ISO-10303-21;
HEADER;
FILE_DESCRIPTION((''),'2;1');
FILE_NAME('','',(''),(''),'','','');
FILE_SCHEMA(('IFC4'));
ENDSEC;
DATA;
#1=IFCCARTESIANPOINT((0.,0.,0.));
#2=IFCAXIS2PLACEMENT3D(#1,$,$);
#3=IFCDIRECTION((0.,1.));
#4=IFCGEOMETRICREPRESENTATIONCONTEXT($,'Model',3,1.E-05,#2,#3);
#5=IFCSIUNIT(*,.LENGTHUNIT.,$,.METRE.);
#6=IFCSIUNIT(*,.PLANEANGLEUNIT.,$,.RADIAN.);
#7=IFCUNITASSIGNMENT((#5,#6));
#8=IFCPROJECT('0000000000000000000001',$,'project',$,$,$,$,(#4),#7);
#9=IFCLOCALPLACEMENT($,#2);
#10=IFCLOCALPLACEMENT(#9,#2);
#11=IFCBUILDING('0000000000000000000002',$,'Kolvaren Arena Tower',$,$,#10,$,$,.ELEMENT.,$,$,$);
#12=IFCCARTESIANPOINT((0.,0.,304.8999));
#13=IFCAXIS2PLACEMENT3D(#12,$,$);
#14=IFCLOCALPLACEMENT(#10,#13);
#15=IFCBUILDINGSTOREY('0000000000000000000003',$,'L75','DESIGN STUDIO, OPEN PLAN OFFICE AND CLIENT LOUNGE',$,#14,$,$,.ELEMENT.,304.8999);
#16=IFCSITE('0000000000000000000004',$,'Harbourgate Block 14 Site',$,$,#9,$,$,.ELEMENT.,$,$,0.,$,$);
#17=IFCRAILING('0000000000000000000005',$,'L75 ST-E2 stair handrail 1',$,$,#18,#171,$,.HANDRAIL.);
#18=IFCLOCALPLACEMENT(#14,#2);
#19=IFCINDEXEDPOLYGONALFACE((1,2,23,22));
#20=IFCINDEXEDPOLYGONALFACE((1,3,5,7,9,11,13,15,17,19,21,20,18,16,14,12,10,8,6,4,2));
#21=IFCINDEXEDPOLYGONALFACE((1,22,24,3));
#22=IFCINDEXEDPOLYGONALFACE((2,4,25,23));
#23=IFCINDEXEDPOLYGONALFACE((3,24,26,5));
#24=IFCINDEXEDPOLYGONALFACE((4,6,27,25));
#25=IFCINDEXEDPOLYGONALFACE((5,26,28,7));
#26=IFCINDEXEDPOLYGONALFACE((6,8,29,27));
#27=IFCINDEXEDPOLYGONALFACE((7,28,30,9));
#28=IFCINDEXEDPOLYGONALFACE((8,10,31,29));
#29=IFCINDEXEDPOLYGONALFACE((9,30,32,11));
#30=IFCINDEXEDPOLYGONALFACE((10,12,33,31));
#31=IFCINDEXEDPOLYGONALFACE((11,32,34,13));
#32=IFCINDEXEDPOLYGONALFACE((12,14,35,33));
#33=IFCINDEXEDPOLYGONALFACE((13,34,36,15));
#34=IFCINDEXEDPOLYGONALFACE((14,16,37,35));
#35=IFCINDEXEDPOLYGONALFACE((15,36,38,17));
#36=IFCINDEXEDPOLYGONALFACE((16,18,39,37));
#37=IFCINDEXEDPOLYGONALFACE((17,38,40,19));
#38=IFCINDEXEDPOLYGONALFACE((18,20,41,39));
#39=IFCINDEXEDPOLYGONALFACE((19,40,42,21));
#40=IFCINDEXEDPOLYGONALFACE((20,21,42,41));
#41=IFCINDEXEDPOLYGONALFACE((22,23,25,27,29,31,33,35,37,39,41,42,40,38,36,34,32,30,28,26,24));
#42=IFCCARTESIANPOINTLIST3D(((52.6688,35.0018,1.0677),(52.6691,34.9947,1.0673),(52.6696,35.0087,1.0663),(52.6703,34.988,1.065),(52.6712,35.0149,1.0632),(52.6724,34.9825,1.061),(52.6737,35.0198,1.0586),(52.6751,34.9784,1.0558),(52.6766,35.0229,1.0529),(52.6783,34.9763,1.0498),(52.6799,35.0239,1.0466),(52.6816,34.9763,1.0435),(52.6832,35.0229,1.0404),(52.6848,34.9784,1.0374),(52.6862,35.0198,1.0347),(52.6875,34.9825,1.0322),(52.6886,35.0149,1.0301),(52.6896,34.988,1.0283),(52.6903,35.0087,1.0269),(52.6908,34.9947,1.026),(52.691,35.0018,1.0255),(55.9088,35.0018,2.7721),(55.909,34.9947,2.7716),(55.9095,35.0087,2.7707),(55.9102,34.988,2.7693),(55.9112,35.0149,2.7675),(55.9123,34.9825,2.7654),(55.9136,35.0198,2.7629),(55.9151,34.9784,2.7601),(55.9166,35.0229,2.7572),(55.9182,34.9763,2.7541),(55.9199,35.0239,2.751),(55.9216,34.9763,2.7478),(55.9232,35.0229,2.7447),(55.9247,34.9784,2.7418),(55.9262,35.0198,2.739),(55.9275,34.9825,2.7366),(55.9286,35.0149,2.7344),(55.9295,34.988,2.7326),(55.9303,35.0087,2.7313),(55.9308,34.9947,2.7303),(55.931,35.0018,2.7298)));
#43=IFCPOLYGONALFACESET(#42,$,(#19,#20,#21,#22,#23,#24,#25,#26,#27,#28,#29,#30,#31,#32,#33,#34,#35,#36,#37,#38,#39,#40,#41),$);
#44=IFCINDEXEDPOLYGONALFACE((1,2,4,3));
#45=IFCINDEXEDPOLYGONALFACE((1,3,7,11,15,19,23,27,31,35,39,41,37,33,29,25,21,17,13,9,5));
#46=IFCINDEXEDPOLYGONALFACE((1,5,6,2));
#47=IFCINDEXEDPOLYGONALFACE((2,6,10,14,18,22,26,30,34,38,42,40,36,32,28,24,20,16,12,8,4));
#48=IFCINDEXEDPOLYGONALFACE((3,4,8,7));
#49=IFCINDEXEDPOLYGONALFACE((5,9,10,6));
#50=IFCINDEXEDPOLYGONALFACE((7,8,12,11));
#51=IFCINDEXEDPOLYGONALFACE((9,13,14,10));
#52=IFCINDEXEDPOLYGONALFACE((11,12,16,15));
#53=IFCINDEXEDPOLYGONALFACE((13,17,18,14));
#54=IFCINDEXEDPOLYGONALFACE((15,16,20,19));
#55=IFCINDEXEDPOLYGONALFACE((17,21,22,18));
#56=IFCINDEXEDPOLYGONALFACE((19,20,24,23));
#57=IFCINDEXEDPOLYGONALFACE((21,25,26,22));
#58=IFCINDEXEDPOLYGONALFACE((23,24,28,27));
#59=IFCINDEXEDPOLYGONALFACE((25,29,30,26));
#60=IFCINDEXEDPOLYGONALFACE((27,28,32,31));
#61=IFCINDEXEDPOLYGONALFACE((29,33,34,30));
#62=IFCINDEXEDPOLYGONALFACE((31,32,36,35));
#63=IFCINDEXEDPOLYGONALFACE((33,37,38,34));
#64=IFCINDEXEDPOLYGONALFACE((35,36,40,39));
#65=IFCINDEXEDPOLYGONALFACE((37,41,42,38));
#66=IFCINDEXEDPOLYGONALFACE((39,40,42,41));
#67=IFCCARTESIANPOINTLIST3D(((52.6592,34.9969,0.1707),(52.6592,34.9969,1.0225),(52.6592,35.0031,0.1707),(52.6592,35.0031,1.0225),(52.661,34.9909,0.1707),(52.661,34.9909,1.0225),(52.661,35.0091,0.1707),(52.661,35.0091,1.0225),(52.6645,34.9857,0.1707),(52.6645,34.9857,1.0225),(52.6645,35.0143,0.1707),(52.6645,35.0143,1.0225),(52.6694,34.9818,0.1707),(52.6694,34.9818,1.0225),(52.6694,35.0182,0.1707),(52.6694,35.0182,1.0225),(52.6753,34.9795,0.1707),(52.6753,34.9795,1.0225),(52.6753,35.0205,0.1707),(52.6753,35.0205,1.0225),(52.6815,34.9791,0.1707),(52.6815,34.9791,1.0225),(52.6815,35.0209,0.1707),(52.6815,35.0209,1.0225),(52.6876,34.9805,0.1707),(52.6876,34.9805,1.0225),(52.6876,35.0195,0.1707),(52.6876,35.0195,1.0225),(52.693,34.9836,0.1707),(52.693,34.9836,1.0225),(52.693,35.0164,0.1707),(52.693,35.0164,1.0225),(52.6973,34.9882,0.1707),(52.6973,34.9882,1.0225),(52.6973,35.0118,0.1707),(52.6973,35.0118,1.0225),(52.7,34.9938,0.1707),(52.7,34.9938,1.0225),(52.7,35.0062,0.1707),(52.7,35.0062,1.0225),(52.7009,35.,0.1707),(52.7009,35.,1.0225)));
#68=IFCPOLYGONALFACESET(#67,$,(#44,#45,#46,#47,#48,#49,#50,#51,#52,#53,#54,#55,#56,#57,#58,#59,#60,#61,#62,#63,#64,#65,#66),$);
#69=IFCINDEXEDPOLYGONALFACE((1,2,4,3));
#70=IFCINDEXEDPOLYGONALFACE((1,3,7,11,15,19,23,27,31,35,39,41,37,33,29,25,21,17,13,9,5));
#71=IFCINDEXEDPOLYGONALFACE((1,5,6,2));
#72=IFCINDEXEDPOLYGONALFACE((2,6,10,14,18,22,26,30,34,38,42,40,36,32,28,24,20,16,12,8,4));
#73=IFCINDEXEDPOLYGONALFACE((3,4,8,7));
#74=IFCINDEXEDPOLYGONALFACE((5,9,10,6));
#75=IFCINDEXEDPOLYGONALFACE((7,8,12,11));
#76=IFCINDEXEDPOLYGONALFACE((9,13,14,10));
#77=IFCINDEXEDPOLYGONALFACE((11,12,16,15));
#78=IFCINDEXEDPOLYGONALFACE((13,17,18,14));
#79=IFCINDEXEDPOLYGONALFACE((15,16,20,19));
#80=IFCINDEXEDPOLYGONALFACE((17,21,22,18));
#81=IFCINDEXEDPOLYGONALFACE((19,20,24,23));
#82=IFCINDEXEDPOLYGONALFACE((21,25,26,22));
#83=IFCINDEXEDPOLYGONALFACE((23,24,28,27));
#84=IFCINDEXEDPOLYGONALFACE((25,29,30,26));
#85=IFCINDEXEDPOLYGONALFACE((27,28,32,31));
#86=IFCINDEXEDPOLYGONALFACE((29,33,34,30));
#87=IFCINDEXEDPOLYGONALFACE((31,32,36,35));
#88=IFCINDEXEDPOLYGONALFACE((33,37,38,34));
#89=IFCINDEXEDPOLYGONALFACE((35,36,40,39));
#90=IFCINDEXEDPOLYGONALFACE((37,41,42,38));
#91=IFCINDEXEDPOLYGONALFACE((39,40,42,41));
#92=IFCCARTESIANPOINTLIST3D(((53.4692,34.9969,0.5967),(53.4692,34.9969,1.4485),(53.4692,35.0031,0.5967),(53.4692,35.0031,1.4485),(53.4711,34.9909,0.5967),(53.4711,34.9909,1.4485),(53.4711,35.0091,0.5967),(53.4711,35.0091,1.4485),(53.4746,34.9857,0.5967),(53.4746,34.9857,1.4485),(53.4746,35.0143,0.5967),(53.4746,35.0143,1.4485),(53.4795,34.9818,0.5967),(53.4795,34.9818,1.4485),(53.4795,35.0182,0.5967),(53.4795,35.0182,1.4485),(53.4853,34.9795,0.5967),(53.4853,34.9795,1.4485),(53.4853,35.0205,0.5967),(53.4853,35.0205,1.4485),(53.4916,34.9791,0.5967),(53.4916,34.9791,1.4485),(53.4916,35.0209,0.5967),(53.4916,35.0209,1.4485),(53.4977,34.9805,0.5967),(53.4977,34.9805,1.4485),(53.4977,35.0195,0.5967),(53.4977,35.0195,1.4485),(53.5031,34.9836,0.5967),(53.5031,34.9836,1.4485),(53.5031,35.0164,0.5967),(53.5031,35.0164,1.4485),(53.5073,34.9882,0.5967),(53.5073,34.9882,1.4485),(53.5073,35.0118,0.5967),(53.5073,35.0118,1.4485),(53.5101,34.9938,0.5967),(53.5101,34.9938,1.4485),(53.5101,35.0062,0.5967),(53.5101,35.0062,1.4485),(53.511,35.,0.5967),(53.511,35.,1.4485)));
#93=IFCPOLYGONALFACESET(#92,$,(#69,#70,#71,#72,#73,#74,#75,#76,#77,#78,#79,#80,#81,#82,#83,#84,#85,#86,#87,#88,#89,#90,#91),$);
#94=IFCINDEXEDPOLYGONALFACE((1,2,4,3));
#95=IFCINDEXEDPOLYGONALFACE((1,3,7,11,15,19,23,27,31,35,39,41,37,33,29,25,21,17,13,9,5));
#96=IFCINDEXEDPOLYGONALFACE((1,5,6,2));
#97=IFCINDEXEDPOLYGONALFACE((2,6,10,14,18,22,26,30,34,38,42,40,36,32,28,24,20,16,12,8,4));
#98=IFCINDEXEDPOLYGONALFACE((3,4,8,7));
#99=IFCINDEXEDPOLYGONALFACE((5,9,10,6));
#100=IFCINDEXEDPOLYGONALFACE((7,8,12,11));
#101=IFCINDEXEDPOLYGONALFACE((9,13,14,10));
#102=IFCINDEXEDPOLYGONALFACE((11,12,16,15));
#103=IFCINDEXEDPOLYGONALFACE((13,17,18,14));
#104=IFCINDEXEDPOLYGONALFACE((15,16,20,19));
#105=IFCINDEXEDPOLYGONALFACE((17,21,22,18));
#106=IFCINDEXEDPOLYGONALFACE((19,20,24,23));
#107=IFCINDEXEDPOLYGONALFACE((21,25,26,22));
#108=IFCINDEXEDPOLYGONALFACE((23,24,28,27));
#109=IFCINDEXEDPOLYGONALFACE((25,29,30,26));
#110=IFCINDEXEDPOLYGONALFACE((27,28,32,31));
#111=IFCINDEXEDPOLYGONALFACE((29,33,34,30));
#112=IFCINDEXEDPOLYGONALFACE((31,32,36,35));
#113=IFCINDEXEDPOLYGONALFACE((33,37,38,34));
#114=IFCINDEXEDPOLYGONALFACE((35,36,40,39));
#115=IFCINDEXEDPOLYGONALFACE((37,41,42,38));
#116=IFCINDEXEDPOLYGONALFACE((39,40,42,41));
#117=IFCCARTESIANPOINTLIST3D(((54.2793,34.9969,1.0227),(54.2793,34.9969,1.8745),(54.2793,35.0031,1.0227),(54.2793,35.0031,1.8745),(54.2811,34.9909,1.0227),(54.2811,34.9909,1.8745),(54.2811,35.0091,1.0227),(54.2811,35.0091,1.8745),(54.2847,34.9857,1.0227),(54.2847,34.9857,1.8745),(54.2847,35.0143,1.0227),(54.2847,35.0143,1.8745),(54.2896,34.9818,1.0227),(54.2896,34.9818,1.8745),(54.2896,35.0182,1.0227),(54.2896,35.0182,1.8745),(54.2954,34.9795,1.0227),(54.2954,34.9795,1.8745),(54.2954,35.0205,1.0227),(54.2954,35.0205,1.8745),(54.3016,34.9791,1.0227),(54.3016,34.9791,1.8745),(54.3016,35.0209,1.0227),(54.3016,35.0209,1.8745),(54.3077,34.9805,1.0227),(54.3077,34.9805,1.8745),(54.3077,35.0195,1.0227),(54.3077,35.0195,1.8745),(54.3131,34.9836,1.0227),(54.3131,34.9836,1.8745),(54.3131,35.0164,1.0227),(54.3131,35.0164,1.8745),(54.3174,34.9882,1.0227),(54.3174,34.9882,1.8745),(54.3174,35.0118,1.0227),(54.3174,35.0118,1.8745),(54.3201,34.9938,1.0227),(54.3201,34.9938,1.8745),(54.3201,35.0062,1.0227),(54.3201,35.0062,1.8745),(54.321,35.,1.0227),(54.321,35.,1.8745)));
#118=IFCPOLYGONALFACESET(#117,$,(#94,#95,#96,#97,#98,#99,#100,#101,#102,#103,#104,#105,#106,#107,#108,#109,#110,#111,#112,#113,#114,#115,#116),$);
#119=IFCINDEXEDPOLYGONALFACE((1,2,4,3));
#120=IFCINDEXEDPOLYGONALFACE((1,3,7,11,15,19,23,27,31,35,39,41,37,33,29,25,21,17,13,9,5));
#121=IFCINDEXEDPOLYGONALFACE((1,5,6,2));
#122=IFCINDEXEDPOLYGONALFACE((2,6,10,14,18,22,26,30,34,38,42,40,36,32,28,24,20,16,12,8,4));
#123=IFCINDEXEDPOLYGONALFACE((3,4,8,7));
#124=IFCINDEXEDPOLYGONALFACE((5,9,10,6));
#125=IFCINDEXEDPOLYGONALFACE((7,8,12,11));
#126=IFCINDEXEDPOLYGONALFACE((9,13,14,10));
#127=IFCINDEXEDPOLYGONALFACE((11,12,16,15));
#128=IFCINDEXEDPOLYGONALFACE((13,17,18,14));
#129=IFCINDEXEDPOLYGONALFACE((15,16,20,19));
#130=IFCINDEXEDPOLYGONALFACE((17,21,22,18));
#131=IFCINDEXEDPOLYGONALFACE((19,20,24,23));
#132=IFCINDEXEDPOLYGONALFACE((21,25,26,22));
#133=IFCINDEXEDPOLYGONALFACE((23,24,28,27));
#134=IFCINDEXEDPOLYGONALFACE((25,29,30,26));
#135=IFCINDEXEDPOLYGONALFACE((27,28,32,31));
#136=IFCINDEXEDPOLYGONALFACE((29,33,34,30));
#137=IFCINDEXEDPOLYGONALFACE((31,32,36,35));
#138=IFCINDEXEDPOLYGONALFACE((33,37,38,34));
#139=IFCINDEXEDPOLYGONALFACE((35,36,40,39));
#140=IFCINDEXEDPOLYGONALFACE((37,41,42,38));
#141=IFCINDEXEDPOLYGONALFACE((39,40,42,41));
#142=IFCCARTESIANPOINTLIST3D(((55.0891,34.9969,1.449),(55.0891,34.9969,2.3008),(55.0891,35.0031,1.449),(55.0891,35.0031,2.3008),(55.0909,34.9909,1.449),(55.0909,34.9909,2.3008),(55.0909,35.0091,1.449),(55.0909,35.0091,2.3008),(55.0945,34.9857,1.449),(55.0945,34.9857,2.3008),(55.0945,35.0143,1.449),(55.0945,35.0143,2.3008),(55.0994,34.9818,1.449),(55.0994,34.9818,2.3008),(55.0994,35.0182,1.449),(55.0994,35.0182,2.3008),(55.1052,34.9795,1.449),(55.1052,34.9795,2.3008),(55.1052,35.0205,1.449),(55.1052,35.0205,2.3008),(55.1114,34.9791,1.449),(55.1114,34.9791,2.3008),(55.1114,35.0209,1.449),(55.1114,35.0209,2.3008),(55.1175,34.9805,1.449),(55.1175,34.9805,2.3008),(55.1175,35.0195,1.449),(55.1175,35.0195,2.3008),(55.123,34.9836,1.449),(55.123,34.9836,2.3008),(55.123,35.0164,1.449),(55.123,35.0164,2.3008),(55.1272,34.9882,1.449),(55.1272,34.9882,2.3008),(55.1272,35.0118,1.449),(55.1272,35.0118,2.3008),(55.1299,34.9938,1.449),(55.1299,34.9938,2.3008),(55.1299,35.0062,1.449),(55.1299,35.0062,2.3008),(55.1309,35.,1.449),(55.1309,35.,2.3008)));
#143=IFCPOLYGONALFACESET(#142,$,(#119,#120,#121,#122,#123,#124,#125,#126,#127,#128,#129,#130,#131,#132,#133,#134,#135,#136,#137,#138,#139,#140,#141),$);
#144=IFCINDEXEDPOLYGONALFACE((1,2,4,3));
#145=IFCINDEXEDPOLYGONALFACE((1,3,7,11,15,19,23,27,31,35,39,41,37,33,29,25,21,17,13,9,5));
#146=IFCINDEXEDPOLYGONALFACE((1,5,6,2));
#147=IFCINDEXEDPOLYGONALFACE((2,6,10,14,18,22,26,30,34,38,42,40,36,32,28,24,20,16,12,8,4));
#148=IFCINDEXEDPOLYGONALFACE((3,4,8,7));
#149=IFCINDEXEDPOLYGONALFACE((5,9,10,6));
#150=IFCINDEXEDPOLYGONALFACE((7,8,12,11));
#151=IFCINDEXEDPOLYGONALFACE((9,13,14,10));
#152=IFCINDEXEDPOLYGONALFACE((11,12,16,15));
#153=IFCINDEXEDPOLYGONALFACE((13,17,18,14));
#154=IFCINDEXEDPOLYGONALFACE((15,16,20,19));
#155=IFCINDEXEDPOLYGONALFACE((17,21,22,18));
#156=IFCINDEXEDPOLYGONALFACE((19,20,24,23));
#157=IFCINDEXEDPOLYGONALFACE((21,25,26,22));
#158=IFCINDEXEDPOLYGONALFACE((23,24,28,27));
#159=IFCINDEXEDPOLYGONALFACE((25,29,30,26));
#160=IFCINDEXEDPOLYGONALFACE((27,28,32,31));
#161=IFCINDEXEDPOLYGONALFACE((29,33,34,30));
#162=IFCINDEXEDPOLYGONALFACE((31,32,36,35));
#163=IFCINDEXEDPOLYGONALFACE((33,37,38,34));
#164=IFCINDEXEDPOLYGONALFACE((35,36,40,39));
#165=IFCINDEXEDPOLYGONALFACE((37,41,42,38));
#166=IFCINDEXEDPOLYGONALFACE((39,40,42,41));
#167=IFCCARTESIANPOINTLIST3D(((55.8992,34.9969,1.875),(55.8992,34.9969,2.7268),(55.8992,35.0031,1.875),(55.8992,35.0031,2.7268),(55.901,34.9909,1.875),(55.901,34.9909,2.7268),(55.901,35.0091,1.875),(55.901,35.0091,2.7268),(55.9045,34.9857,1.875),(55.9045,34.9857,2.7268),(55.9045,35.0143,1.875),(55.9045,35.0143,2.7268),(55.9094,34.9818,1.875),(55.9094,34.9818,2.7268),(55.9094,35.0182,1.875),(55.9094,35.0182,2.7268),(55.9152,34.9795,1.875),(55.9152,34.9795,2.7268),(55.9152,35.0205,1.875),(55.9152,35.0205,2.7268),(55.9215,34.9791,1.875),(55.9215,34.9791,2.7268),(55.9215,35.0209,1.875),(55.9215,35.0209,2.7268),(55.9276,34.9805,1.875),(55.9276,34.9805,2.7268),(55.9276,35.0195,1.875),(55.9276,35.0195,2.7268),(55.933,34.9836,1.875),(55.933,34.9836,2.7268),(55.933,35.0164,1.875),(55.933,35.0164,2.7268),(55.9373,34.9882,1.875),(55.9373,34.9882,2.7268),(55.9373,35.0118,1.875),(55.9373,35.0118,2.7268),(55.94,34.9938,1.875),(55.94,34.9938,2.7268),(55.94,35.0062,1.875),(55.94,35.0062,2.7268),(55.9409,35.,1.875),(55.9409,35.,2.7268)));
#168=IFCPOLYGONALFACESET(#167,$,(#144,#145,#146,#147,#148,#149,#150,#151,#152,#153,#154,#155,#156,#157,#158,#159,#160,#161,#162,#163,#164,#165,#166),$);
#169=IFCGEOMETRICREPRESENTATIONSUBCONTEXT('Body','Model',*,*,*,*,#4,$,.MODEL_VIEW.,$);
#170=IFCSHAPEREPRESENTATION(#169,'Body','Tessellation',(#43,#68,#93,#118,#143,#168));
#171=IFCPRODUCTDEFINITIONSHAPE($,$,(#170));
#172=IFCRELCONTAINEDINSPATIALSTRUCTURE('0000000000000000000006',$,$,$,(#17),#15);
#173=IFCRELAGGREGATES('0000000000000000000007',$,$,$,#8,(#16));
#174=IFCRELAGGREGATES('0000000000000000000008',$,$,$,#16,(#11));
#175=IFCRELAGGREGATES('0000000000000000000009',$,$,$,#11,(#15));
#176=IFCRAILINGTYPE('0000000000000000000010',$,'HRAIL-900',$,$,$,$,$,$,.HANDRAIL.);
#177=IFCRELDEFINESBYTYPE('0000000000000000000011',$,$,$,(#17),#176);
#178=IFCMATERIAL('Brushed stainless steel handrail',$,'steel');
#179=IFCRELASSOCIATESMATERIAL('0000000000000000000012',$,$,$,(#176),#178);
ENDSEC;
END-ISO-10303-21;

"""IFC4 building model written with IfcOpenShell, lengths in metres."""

from ifc_helpers import new_model, si_unit, direction, frame, origin, origin_2d, place, context, subcontext, project, spatial, circle, extrude, material, type_object, element, save


model = new_model("IFC4")

# Units and contexts
model_context = context("Model", 3, precision=1e-05, world=origin(), true_north=direction((0.0, 1.0)))
body_context = subcontext(model_context, "Body", "Model", "MODEL_VIEW")
ifc_project = project(units=[si_unit("LENGTHUNIT", "METRE"), si_unit("PLANEANGLEUNIT", "RADIAN")], contexts=[model_context])

# Site, building, storey
site_placement = place(None, origin())
site = spatial("IfcSite", under=ifc_project, at=site_placement, Name="Harbourgate Block 14 Site", CompositionType="ELEMENT", RefElevation=0.0)
building_placement = place(site_placement, origin())
building = spatial("IfcBuilding", under=site, at=building_placement, Name="Kolvaren Arena Tower", CompositionType="ELEMENT")
storey_placement = place(building_placement, frame((0.0, 0.0, 304.8999)))
storey = spatial("IfcBuildingStorey", under=building, at=storey_placement, Name="L75", Description="DESIGN STUDIO, OPEN PLAN OFFICE AND CLIENT LOUNGE", CompositionType="ELEMENT", Elevation=304.8999)

# Railing
ifc_material_1 = material(Name="Brushed stainless steel handrail", Category="steel")
railing_type_1 = type_object("IfcRailingType", Name="HRAIL-900", PredefinedType="HANDRAIL", material=ifc_material_1)
for number, where, name in (
    (1, (52.6799, 35.0, 0.1707), "L75 ST-E2 stair handrail 1"),
):
    element("IfcRailing", number, at=place(storey_placement, frame(where)), inside=storey, type_object=railing_type_1, Name=name, PredefinedType="HANDRAIL", context=body_context, shape_type="SweptSolid", body=[
        extrude(circle(Radius=0.0239, at=origin_2d()), frame((0.0, 0.0, 0.876), z_axis=(0.885021, 0.0, 0.465551), x_axis=(0.0, 1.0, 0.0)), (0.0, 0.0, 1.0), 3.6609),
        extrude(circle(Radius=0.021, at=origin_2d()), origin(), (0.0, 0.0, 1.0), 0.8518),
        extrude(circle(Radius=0.021, at=origin_2d()), frame((0.8101, 0.0, 0.426)), (0.0, 0.0, 1.0), 0.8518),
        extrude(circle(Radius=0.021, at=origin_2d()), frame((1.6201, 0.0, 0.8521)), (0.0, 0.0, 1.0), 0.8518),
        extrude(circle(Radius=0.021, at=origin_2d()), frame((2.4299, 0.0, 1.2783)), (0.0, 0.0, 1.0), 0.8518),
        extrude(circle(Radius=0.021, at=origin_2d()), frame((3.24, 0.0, 1.7043)), (0.0, 0.0, 1.0), 0.8518),
    ])

save(model, "model.ifc")
